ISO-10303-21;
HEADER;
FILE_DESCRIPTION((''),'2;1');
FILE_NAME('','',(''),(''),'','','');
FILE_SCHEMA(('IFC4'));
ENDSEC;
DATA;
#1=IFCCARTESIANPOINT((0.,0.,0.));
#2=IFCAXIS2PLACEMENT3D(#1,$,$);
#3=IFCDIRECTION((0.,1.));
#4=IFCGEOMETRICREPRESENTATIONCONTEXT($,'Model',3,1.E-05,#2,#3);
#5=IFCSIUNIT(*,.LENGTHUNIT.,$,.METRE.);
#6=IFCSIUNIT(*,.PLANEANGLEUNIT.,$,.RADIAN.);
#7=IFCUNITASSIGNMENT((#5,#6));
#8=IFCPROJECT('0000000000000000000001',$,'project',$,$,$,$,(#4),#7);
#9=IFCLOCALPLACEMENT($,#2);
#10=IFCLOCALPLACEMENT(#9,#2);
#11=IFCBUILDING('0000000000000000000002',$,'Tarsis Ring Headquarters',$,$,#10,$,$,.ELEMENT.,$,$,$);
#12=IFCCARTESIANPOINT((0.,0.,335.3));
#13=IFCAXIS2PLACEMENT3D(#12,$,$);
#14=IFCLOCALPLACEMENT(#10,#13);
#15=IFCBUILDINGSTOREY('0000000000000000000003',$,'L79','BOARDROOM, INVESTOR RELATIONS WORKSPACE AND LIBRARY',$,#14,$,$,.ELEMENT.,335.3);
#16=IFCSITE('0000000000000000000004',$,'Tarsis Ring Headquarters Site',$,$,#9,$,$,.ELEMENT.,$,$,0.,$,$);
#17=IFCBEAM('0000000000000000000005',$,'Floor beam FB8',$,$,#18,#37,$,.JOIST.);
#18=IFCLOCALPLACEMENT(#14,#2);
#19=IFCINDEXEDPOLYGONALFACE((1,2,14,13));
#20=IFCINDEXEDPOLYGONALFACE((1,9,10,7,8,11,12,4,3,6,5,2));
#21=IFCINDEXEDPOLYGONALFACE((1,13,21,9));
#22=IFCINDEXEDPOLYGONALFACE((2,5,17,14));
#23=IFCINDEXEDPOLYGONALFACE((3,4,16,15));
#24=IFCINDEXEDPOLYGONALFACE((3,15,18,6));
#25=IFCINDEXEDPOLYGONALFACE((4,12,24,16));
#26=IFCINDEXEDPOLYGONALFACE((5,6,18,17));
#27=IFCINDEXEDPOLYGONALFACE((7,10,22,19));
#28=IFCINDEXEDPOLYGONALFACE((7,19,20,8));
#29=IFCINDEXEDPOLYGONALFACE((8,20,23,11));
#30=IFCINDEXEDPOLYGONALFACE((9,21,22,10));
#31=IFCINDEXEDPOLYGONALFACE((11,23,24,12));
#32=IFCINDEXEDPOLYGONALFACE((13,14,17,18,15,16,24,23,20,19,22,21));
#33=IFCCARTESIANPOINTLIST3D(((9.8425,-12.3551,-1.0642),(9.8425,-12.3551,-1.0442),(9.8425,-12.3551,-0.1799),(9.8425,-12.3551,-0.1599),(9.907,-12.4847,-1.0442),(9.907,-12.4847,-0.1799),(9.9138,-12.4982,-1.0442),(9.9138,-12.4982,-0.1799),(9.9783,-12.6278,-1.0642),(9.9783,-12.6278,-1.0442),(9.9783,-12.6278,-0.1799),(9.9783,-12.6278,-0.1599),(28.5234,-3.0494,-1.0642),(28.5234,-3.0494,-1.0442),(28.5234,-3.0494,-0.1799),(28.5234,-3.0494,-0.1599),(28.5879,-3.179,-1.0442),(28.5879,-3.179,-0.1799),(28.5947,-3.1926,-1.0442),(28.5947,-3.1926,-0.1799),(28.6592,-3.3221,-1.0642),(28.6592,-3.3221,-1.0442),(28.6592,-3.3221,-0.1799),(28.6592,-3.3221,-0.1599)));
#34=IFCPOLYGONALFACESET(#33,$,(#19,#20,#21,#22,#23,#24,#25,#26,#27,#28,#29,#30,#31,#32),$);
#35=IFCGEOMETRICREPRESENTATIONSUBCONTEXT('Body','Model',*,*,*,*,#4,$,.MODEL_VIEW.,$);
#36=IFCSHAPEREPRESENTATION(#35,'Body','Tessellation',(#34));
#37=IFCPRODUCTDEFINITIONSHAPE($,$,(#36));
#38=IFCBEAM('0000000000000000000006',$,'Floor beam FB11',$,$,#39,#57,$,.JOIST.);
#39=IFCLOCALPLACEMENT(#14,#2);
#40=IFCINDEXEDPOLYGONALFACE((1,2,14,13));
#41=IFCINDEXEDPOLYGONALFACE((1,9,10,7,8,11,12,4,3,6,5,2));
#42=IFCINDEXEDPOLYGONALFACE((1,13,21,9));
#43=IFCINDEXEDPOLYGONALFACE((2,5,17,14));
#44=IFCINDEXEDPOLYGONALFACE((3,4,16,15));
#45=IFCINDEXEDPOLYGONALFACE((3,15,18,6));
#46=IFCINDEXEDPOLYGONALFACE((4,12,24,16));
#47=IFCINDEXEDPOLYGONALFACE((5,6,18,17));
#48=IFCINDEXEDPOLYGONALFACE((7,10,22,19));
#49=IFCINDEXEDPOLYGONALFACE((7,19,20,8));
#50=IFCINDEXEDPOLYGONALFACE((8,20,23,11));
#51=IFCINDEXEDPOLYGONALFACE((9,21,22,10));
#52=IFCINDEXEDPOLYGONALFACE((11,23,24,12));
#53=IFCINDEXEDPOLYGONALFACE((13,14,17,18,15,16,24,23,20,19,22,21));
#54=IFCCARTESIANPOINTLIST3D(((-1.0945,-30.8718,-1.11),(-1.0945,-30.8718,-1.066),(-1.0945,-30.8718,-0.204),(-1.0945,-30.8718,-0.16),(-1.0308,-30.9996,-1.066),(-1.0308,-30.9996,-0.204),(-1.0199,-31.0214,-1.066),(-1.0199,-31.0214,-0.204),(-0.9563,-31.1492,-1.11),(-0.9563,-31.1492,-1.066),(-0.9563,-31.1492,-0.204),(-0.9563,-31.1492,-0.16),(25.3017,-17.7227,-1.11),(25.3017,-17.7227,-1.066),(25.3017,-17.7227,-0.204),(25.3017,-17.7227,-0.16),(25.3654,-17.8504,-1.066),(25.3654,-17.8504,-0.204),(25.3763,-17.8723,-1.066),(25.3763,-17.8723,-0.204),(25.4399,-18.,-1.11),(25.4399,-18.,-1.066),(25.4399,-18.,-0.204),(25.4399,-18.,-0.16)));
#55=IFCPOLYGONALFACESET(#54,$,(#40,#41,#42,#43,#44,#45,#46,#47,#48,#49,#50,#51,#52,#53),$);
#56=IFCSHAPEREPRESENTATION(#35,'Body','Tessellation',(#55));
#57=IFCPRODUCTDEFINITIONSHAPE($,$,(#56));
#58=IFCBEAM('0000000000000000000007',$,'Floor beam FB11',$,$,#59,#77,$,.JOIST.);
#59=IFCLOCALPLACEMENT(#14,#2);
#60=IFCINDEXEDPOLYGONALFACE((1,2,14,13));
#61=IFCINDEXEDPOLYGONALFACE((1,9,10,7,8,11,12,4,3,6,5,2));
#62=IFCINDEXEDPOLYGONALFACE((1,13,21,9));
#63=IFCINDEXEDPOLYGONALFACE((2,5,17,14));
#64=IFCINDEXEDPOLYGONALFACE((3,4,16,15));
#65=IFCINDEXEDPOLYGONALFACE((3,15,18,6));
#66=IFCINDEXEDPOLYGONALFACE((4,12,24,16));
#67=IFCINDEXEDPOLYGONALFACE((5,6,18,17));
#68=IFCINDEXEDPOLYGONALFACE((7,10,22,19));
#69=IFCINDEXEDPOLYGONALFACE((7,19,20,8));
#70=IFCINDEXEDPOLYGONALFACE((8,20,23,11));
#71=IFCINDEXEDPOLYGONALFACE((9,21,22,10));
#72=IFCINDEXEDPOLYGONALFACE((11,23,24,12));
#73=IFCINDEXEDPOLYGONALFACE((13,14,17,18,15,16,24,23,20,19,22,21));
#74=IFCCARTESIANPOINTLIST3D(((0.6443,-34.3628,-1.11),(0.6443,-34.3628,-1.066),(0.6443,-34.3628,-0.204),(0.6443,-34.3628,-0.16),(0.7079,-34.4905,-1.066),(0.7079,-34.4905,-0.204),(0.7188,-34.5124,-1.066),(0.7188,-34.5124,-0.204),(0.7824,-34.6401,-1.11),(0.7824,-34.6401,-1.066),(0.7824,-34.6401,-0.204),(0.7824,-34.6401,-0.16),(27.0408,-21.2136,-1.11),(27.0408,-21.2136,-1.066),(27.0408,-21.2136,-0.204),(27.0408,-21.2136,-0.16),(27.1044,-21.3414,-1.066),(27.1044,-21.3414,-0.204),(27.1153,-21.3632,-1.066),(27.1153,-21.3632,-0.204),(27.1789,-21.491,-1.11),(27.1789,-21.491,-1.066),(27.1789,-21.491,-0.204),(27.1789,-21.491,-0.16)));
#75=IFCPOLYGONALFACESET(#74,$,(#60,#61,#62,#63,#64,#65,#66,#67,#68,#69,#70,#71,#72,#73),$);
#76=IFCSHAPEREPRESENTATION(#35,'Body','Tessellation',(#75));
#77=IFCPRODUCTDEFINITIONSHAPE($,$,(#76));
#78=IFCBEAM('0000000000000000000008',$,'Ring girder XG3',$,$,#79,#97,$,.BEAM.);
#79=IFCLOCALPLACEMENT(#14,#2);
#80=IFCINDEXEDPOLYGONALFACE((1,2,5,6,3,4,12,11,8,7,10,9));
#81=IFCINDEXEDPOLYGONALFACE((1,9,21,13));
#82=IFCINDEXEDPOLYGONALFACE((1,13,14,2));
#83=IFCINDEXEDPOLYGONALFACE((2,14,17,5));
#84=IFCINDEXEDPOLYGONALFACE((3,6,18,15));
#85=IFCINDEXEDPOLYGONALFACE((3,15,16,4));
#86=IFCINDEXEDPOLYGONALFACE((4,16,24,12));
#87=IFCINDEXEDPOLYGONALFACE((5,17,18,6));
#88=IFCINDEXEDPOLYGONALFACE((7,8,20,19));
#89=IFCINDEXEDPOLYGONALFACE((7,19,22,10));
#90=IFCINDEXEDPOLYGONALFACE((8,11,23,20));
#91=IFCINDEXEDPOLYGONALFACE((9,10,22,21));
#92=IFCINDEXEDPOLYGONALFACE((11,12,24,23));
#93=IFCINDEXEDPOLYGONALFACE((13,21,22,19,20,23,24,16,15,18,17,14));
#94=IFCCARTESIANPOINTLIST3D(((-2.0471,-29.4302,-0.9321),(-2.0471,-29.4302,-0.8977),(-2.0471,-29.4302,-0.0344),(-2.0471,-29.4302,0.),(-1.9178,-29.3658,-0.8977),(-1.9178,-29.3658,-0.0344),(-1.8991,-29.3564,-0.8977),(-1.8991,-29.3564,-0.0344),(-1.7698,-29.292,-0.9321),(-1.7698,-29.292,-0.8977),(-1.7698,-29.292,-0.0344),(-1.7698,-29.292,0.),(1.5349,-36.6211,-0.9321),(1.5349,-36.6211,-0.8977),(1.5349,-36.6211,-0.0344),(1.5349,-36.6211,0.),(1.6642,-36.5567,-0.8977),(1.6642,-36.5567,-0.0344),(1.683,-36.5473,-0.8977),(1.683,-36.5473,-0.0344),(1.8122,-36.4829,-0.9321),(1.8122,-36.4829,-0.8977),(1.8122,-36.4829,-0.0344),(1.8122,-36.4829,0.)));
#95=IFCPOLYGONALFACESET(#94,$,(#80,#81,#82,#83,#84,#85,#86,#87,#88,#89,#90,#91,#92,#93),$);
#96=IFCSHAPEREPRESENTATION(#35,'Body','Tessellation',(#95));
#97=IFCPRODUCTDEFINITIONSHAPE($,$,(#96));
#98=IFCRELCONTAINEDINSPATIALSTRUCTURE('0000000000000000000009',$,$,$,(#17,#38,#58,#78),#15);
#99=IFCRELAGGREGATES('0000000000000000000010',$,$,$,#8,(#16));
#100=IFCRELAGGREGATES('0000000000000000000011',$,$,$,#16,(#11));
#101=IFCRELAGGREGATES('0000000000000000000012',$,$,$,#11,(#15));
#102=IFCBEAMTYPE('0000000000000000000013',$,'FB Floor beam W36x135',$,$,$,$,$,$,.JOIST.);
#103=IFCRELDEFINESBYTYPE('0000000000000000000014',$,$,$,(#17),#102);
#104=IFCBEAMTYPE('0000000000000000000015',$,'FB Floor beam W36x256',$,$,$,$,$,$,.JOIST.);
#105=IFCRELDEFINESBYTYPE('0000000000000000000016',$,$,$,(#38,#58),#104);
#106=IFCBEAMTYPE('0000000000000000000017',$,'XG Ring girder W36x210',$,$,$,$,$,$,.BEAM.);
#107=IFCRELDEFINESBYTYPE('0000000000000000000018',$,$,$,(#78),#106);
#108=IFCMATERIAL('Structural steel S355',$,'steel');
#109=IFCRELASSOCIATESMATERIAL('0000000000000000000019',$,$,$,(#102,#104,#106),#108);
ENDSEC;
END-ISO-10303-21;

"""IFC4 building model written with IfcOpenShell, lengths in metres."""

from ifc_helpers import new_model, si_unit, direction, frame, origin, origin_2d, place, context, subcontext, project, spatial, i_section, extrude, material, material_profile, profile_set, type_object, element, save


model = new_model("IFC4")

# Units and contexts
model_context = context("Model", 3, precision=1e-05, world=origin(), true_north=direction((0.0, 1.0)))
body_context = subcontext(model_context, "Body", "Model", "MODEL_VIEW")
ifc_project = project(units=[si_unit("LENGTHUNIT", "METRE"), si_unit("PLANEANGLEUNIT", "RADIAN")], contexts=[model_context])

# Site, building, storey
site_placement = place(None, origin())
site = spatial("IfcSite", under=ifc_project, at=site_placement, Name="Tarsis Ring Headquarters Site", CompositionType="ELEMENT", RefElevation=0.0)
building_placement = place(site_placement, origin())
building = spatial("IfcBuilding", under=site, at=building_placement, Name="Tarsis Ring Headquarters", CompositionType="ELEMENT")
storey_placement = place(building_placement, frame((0.0, 0.0, 335.3)))
storey = spatial("IfcBuildingStorey", under=building, at=storey_placement, Name="L79", Description="BOARDROOM, INVESTOR RELATIONS WORKSPACE AND LIBRARY", CompositionType="ELEMENT", Elevation=335.3)

# Beams
ifc_material_1 = material(Name="Structural steel S355", Category="steel")
ifc_material_profile_1 = material_profile(ifc_material_1, i_section(OverallWidth=0.3047, OverallDepth=0.9043, WebThickness=0.0151, FlangeThickness=0.02, at=origin_2d()), Name="W36x135")
ifc_profile_set_1 = profile_set([ifc_material_profile_1], Name="Structural steel S355")
beam_type_1 = type_object("IfcBeamType", Name="FB Floor beam W36x135", PredefinedType="JOIST", material=ifc_profile_set_1)
beam_1_placement = place(storey_placement, frame((9.9104, -12.4915, -0.6121), z_axis=(0.895093, 0.44588, 0.0), x_axis=(-0.44588, 0.895093, 0.0)))
element("IfcBeam", 1, at=beam_1_placement, inside=storey, type_object=beam_type_1, Name="Floor beam FB8", PredefinedType="JOIST", context=body_context, shape_type="SweptSolid", body=[
    extrude(i_section(OverallWidth=0.3047, OverallDepth=0.9043, WebThickness=0.0151, FlangeThickness=0.02, at=origin_2d()), origin(), (0.0, 0.0, 1.0), 20.8704),
])
ifc_material_profile_2 = material_profile(ifc_material_1, i_section(OverallWidth=0.3098, OverallDepth=0.95, WebThickness=0.0244, FlangeThickness=0.0439, at=origin_2d()), Name="W36x256")
ifc_profile_set_2 = profile_set([ifc_material_profile_2], Name="Structural steel S355")
beam_type_2 = type_object("IfcBeamType", Name="FB Floor beam W36x256", PredefinedType="JOIST", material=ifc_profile_set_2)
beam_2_placement = place(storey_placement, frame((-1.0254, -31.0105, -0.635), z_axis=(0.89509, 0.445885, 0.0), x_axis=(-0.445885, 0.89509, 0.0)))
element("IfcBeam", 2, at=beam_2_placement, inside=storey, type_object=beam_type_2, Name="Floor beam FB11", PredefinedType="JOIST", context=body_context, shape_type="SweptSolid", body=[
    extrude(i_section(OverallWidth=0.3098, OverallDepth=0.95, WebThickness=0.0244, FlangeThickness=0.0439, at=origin_2d()), origin(), (0.0, 0.0, 1.0), 29.49),
])
beam_3_placement = place(storey_placement, frame((0.7134, -34.5015, -0.635), z_axis=(0.895092, 0.445882, 0.0), x_axis=(-0.445882, 0.895092, 0.0)))
element("IfcBeam", 3, at=beam_3_placement, inside=storey, type_object=beam_type_2, Name="Floor beam FB11", PredefinedType="JOIST", context=body_context, shape_type="SweptSolid", body=[
    extrude(i_section(OverallWidth=0.3098, OverallDepth=0.95, WebThickness=0.0244, FlangeThickness=0.0439, at=origin_2d()), origin(), (0.0, 0.0, 1.0), 29.4902),
])
ifc_material_profile_3 = material_profile(ifc_material_1, i_section(OverallWidth=0.3098, OverallDepth=0.9321, WebThickness=0.021, FlangeThickness=0.0344, at=origin_2d()), Name="W36x210")
ifc_profile_set_3 = profile_set([ifc_material_profile_3], Name="Structural steel S355")
beam_type_3 = type_object("IfcBeamType", Name="XG Ring girder W36x210", PredefinedType="BEAM", material=ifc_profile_set_3)
beam_4_placement = place(storey_placement, frame((-1.9084, -29.3611, -0.4661), z_axis=(0.445876, -0.895095, 0.0), x_axis=(0.895095, 0.445876, 0.0)))
element("IfcBeam", 4, at=beam_4_placement, inside=storey, type_object=beam_type_3, Name="Ring girder XG3", PredefinedType="BEAM", context=body_context, shape_type="SweptSolid", body=[
    extrude(i_section(OverallWidth=0.3098, OverallDepth=0.9321, WebThickness=0.021, FlangeThickness=0.0344, at=origin_2d()), origin(), (0.0, 0.0, 1.0), 8.0337),
])

save(model, "model.ifc")
